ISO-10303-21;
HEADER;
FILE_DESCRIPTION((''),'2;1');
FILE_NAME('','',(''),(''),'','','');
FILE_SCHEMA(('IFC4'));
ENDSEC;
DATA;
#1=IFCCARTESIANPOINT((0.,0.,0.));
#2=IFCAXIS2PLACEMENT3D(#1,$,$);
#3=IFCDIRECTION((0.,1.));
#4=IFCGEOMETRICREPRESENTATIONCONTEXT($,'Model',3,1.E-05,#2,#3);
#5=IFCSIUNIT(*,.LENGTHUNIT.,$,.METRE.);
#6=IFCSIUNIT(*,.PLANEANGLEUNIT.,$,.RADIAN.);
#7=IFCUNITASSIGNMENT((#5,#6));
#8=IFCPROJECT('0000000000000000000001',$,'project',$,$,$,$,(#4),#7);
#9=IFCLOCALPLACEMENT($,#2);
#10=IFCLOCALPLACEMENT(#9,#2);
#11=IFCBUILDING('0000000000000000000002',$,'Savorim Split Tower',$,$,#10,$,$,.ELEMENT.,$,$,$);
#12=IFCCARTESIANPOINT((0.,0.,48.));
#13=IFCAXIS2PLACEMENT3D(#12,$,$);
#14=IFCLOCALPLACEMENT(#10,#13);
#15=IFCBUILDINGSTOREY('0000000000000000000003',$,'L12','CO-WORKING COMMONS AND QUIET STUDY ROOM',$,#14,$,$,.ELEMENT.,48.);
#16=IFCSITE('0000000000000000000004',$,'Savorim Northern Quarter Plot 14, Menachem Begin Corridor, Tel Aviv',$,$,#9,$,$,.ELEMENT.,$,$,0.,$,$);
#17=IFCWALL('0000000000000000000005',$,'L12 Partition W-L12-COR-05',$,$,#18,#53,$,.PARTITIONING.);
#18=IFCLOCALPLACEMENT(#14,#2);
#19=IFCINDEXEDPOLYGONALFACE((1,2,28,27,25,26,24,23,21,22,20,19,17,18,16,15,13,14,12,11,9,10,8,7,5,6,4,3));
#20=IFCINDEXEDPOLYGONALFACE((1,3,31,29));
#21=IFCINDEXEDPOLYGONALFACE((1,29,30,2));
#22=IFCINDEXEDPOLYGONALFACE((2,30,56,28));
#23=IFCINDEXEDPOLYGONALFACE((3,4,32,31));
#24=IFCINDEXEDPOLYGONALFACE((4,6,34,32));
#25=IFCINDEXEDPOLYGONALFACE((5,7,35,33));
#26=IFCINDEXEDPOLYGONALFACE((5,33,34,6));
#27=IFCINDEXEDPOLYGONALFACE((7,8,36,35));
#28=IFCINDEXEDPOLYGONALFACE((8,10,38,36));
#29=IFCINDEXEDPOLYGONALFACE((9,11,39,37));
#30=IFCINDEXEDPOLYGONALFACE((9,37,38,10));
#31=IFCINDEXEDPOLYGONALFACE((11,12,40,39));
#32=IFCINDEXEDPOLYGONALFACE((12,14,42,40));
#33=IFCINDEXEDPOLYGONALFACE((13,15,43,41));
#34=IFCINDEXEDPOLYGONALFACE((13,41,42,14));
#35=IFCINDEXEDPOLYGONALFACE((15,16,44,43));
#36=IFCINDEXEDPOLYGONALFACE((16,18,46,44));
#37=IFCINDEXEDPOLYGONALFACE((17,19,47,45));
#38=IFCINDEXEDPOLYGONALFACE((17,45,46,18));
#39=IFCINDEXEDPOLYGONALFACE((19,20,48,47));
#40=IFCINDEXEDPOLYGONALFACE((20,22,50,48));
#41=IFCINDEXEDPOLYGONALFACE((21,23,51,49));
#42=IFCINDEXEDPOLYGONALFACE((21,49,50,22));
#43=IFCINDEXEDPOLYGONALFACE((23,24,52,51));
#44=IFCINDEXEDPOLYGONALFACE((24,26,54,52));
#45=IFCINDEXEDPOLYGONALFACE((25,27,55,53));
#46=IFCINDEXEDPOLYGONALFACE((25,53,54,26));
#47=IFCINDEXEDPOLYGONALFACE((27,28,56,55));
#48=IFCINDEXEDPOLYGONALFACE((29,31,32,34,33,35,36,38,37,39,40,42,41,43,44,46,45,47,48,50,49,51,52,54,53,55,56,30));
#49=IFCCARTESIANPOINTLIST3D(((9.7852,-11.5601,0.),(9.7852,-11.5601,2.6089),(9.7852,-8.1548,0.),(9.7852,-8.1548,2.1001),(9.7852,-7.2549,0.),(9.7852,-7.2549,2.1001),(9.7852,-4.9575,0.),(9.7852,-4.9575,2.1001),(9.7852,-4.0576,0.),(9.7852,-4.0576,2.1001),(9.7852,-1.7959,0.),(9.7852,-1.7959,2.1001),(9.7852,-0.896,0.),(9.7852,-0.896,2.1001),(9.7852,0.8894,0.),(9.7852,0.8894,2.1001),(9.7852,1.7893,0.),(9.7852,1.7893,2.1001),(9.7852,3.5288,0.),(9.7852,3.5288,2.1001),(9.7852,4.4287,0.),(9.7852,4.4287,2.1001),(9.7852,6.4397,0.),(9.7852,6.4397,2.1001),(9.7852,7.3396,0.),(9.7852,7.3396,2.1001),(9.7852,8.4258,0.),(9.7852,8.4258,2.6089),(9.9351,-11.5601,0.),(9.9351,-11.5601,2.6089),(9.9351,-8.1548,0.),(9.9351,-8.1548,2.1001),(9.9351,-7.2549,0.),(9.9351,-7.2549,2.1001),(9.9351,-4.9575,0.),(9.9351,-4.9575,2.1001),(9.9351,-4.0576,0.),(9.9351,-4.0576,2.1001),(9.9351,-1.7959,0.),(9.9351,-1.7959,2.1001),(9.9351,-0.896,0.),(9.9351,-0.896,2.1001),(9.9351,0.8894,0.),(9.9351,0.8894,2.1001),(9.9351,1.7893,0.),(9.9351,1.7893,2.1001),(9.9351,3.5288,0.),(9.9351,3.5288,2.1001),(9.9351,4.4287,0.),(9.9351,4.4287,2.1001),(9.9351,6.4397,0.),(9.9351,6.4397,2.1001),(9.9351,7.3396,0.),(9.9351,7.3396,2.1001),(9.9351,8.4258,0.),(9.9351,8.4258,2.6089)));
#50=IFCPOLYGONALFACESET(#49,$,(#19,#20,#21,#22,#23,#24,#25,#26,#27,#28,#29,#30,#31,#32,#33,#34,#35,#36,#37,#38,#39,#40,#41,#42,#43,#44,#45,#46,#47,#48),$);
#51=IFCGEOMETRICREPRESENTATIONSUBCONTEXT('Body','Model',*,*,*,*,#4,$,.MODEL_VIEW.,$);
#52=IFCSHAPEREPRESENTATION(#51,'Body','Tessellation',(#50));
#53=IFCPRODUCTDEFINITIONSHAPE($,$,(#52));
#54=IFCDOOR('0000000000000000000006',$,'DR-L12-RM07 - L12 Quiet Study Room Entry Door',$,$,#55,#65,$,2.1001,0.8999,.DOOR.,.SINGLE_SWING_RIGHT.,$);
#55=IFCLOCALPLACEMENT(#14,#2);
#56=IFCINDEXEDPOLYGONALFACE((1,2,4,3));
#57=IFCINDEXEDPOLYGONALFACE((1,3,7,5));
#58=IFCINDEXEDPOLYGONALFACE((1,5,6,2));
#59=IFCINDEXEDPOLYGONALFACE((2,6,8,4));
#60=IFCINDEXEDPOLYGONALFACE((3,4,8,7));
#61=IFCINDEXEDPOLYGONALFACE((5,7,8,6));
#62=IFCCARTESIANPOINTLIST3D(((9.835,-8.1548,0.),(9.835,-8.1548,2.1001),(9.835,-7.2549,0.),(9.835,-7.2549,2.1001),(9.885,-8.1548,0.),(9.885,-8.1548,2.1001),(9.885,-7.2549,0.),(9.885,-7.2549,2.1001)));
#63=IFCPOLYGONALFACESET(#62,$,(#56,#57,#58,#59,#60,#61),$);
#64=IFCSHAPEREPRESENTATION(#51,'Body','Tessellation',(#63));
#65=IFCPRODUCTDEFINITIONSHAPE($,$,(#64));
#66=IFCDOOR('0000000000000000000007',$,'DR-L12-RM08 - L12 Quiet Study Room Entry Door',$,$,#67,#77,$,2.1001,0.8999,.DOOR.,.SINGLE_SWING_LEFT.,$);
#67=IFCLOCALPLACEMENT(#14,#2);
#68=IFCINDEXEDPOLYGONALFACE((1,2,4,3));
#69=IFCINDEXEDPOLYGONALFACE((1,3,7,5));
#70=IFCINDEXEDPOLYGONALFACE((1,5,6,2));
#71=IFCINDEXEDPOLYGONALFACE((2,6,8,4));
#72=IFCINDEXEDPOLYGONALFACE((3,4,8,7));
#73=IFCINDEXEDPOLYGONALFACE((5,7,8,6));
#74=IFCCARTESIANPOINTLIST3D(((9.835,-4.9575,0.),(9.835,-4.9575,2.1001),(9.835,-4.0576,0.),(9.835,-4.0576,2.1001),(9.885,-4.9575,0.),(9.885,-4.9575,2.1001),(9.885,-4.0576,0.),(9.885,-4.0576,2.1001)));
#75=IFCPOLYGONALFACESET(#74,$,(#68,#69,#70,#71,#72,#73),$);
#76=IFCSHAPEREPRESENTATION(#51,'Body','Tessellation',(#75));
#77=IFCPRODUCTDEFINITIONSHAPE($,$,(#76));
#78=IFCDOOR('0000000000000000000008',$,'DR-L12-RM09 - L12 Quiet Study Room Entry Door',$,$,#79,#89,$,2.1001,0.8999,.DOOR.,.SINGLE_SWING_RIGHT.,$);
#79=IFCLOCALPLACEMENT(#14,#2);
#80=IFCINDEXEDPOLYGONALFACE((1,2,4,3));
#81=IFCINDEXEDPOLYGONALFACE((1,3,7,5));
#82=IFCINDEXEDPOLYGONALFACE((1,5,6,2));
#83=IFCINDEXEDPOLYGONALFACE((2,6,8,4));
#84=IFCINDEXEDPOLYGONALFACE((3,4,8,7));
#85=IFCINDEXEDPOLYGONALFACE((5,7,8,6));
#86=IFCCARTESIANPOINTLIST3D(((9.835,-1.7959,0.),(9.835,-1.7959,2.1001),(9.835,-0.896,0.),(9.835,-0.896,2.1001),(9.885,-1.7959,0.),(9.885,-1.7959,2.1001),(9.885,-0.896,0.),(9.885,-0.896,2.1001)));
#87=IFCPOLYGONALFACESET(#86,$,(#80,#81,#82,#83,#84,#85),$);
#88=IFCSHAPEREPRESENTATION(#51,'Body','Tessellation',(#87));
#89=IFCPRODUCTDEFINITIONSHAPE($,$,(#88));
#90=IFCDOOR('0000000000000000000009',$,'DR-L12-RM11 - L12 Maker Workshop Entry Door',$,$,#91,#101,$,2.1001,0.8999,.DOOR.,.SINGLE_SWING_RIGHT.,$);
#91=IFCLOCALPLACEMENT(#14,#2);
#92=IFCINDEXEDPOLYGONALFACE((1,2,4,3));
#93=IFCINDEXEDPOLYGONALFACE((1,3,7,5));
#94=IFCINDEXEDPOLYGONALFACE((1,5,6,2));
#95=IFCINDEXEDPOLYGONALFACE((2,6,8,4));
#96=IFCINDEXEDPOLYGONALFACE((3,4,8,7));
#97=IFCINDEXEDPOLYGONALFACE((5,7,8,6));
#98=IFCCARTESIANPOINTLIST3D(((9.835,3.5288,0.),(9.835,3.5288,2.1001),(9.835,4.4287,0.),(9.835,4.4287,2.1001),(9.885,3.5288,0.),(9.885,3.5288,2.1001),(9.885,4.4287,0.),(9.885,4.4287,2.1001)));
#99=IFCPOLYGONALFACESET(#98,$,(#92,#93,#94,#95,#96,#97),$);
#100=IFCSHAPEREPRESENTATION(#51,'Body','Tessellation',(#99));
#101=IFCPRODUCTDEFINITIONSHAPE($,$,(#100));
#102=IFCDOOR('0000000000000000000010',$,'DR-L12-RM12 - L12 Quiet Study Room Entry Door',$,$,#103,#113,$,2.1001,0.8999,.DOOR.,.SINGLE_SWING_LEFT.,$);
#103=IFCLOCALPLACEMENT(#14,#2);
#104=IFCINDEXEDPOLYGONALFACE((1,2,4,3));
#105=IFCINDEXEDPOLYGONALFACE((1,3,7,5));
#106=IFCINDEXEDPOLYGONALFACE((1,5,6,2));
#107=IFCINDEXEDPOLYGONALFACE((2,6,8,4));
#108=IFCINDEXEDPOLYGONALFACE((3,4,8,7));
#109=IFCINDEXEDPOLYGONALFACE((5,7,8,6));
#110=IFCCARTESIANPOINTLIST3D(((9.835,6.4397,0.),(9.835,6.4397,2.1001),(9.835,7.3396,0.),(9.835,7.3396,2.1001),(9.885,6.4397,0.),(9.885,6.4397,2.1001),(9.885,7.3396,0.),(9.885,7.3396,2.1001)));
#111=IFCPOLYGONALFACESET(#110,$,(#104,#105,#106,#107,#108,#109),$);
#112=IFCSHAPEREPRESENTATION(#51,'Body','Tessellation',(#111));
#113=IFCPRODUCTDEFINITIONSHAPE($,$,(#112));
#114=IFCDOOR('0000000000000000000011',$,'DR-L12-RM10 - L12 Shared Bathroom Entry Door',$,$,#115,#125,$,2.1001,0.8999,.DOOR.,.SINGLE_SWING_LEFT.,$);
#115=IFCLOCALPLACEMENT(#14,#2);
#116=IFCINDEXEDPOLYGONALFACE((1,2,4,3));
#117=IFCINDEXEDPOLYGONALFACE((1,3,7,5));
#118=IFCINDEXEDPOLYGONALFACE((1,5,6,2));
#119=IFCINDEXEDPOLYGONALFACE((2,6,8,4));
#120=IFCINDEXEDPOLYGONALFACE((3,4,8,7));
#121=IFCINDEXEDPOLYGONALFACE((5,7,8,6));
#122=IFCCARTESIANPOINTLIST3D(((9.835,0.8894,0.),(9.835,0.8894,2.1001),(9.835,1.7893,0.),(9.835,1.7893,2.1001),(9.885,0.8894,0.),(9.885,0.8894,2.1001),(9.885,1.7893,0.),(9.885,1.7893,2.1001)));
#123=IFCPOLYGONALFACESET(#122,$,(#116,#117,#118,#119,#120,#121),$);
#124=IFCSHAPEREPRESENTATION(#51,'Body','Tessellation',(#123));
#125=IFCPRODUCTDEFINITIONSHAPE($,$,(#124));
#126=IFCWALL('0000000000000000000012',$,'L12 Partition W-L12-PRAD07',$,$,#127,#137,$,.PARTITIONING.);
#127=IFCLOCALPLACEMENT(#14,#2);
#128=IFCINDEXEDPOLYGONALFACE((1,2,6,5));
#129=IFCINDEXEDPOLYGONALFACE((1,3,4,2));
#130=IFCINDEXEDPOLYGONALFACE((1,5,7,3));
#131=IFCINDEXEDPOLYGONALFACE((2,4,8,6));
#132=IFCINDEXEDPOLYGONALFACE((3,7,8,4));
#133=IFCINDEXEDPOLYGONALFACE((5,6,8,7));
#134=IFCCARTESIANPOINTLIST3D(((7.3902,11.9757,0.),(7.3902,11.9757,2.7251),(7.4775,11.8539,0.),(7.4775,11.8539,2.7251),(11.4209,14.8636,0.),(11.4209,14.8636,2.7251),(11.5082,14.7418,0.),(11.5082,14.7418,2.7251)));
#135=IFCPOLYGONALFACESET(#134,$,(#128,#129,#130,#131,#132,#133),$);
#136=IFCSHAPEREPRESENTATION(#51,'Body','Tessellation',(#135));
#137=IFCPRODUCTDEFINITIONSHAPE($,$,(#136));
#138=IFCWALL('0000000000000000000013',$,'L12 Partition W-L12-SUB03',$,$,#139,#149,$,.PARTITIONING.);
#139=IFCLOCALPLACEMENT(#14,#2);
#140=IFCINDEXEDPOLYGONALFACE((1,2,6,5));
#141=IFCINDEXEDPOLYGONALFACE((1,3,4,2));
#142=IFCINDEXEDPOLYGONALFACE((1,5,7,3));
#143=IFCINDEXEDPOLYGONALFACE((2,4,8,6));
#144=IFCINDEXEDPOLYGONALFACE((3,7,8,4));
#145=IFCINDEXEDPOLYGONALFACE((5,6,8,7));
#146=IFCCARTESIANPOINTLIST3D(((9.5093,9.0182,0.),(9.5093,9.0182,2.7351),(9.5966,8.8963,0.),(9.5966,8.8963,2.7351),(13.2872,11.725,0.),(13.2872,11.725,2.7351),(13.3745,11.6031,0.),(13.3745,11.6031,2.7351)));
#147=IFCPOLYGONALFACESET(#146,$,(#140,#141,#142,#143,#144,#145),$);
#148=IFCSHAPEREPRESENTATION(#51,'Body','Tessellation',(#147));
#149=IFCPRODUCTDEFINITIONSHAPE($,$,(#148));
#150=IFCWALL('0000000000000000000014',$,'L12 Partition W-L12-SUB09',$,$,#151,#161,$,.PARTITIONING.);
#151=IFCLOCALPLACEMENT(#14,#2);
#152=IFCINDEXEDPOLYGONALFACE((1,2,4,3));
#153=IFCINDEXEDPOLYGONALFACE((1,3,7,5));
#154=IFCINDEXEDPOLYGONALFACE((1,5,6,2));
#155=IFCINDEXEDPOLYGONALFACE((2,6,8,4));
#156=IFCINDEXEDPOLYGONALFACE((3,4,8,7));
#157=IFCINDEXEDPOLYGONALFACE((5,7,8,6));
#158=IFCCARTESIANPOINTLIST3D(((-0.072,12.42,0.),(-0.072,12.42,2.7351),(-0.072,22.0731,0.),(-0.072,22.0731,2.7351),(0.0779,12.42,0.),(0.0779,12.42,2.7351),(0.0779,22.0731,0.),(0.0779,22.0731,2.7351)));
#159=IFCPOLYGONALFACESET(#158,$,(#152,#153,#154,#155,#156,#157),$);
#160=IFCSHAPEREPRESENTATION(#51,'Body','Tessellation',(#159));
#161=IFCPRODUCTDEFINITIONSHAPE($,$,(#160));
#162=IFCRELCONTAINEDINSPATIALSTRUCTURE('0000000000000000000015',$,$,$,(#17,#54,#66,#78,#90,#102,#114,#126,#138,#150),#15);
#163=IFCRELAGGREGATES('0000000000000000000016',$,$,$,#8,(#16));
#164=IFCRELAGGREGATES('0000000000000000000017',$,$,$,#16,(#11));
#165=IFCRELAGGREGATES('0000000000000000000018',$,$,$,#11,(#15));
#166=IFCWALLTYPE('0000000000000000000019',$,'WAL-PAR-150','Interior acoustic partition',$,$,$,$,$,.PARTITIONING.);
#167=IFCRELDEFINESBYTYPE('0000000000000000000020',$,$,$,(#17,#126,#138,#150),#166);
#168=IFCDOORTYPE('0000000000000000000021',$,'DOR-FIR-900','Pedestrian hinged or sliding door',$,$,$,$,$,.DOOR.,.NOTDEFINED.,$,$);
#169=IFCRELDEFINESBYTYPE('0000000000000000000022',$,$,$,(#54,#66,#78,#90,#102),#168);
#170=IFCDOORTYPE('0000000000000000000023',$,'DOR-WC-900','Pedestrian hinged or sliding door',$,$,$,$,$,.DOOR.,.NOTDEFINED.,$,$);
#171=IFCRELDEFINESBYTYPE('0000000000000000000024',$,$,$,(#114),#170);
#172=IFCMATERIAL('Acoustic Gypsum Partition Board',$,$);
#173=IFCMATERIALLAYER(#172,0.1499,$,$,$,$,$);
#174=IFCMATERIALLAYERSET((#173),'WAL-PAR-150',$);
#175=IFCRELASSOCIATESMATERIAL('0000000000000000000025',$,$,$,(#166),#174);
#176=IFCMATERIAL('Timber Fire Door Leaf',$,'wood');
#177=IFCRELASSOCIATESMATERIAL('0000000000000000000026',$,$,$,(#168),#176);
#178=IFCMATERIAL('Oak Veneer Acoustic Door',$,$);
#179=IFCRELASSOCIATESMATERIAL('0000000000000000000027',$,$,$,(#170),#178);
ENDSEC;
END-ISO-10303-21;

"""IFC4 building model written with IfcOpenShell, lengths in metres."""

from ifc_helpers import new_model, si_unit, direction, frame, frame_2d, origin, place, context, subcontext, project, spatial, rectangle, extrude, material, layer, layer_set, type_object, element, fill, save


model = new_model("IFC4")

# Units and contexts
model_context = context("Model", 3, precision=1e-05, world=origin(), true_north=direction((0.0, 1.0)))
body_context = subcontext(model_context, "Body", "Model", "MODEL_VIEW")
ifc_project = project(units=[si_unit("LENGTHUNIT", "METRE"), si_unit("PLANEANGLEUNIT", "RADIAN")], contexts=[model_context])

# Site, building, storey
site_placement = place(None, origin())
site = spatial("IfcSite", under=ifc_project, at=site_placement, Name="Savorim Northern Quarter Plot 14, Menachem Begin Corridor, Tel Aviv", CompositionType="ELEMENT", RefElevation=0.0)
building_placement = place(site_placement, origin())
building = spatial("IfcBuilding", under=site, at=building_placement, Name="Savorim Split Tower", CompositionType="ELEMENT")
storey_placement = place(building_placement, frame((0.0, 0.0, 48.0)))
storey = spatial("IfcBuildingStorey", under=building, at=storey_placement, Name="L12", Description="CO-WORKING COMMONS AND QUIET STUDY ROOM", CompositionType="ELEMENT", Elevation=48.0)

# Shared definitions
ifc_material_1 = material(Name="Timber Fire Door Leaf", Category="wood")

# Shared definitions
ifc_material_2 = material(Name="Acoustic Gypsum Partition Board")
ifc_layer_1 = layer(ifc_material_2, 0.1499)
ifc_layer_set_1 = layer_set([ifc_layer_1], Name="WAL-PAR-150")
wall_type_1 = type_object("IfcWallType", Name="WAL-PAR-150", Description="Interior acoustic partition", PredefinedType="PARTITIONING", material=ifc_layer_set_1)

# Wall, openings, doors
wall_1_placement = place(storey_placement, frame((9.8601, 8.4258, 0.0), z_axis=(0.0, 0.0, 1.0), x_axis=(0.0, -1.0, 0.0)))
wall_1 = element("IfcWall", 1, at=wall_1_placement, inside=storey, type_object=wall_type_1, Name="L12 Partition W-L12-COR-05", PredefinedType="PARTITIONING", context=body_context, shape_type="SweptSolid", body=[
    extrude(rectangle(XDim=19.9858, YDim=0.1499, at=frame_2d((9.9929, 0.0))), origin(), (0.0, 0.0, 1.0), 2.6089),
])
opening_1_placement = place(wall_1_placement, frame((15.6807, 0.0, 0.0)))
opening_1 = element("IfcOpeningElement", 2, at=opening_1_placement, cuts=wall_1, PredefinedType="OPENING", context=body_context, shape_type="SweptSolid", body=[
    extrude(rectangle(XDim=0.8999, YDim=2.1001, at=frame_2d((0.45, 1.05))), frame((0.0, 0.085, 0.0), z_axis=(0.0, -1.0, 0.0), x_axis=(1.0, 0.0, 0.0)), (0.0, 0.0, 1.0), 0.1699),
])
opening_2_placement = place(wall_1_placement, frame((12.4834, 0.0, 0.0)))
opening_2 = element("IfcOpeningElement", 3, at=opening_2_placement, cuts=wall_1, PredefinedType="OPENING", context=body_context, shape_type="SweptSolid", body=[
    extrude(rectangle(XDim=0.8999, YDim=2.1001, at=frame_2d((0.45, 1.05))), frame((0.0, 0.085, 0.0), z_axis=(0.0, -1.0, 0.0), x_axis=(1.0, 0.0, 0.0)), (0.0, 0.0, 1.0), 0.1699),
])
opening_3_placement = place(wall_1_placement, frame((9.3218, 0.0, 0.0)))
opening_3 = element("IfcOpeningElement", 4, at=opening_3_placement, cuts=wall_1, PredefinedType="OPENING", context=body_context, shape_type="SweptSolid", body=[
    extrude(rectangle(XDim=0.8999, YDim=2.1001, at=frame_2d((0.45, 1.05))), frame((0.0, 0.085, 0.0), z_axis=(0.0, -1.0, 0.0), x_axis=(1.0, 0.0, 0.0)), (0.0, 0.0, 1.0), 0.1699),
])
opening_4_placement = place(wall_1_placement, frame((6.6365, 0.0, 0.0)))
opening_4 = element("IfcOpeningElement", 5, at=opening_4_placement, cuts=wall_1, PredefinedType="OPENING", context=body_context, shape_type="SweptSolid", body=[
    extrude(rectangle(XDim=0.8999, YDim=2.1001, at=frame_2d((0.45, 1.05))), frame((0.0, 0.085, 0.0), z_axis=(0.0, -1.0, 0.0), x_axis=(1.0, 0.0, 0.0)), (0.0, 0.0, 1.0), 0.1699),
])
opening_5_placement = place(wall_1_placement, frame((3.9971, 0.0, 0.0)))
opening_5 = element("IfcOpeningElement", 6, at=opening_5_placement, cuts=wall_1, PredefinedType="OPENING", context=body_context, shape_type="SweptSolid", body=[
    extrude(rectangle(XDim=0.8999, YDim=2.1001, at=frame_2d((0.45, 1.05))), frame((0.0, 0.085, 0.0), z_axis=(0.0, -1.0, 0.0), x_axis=(1.0, 0.0, 0.0)), (0.0, 0.0, 1.0), 0.1699),
])
opening_6_placement = place(wall_1_placement, frame((1.0862, 0.0, 0.0)))
opening_6 = element("IfcOpeningElement", 7, at=opening_6_placement, cuts=wall_1, PredefinedType="OPENING", context=body_context, shape_type="SweptSolid", body=[
    extrude(rectangle(XDim=0.8999, YDim=2.1001, at=frame_2d((0.45, 1.05))), frame((0.0, 0.085, 0.0), z_axis=(0.0, -1.0, 0.0), x_axis=(1.0, 0.0, 0.0)), (0.0, 0.0, 1.0), 0.1699),
])
door_type_1 = type_object("IfcDoorType", Name="DOR-FIR-900", Description="Pedestrian hinged or sliding door", OperationType="NOTDEFINED", PredefinedType="DOOR", material=ifc_material_1)
door_1_placement = place(opening_1_placement, origin())
door_1 = element("IfcDoor", 8, at=door_1_placement, inside=storey, type_object=door_type_1, Name="DR-L12-RM07 - L12 Quiet Study Room Entry Door", OperationType="SINGLE_SWING_RIGHT", OverallHeight=2.1001, OverallWidth=0.8999, PredefinedType="DOOR", context=body_context, shape_type="SweptSolid", body=[
    extrude(rectangle(XDim=0.8999, YDim=2.1001, at=frame_2d((0.45, 1.05))), frame((0.0, 0.0249, 0.0), z_axis=(0.0, -1.0, 0.0), x_axis=(1.0, 0.0, 0.0)), (0.0, 0.0, 1.0), 0.05),
])
fill(opening_1, door_1)
door_2_placement = place(opening_2_placement, origin())
door_2 = element("IfcDoor", 9, at=door_2_placement, inside=storey, type_object=door_type_1, Name="DR-L12-RM08 - L12 Quiet Study Room Entry Door", OperationType="SINGLE_SWING_LEFT", OverallHeight=2.1001, OverallWidth=0.8999, PredefinedType="DOOR", context=body_context, shape_type="SweptSolid", body=[
    extrude(rectangle(XDim=0.8999, YDim=2.1001, at=frame_2d((0.45, 1.05))), frame((0.0, 0.0249, 0.0), z_axis=(0.0, -1.0, 0.0), x_axis=(1.0, 0.0, 0.0)), (0.0, 0.0, 1.0), 0.05),
])
fill(opening_2, door_2)
door_3_placement = place(opening_3_placement, origin())
door_3 = element("IfcDoor", 10, at=door_3_placement, inside=storey, type_object=door_type_1, Name="DR-L12-RM09 - L12 Quiet Study Room Entry Door", OperationType="SINGLE_SWING_RIGHT", OverallHeight=2.1001, OverallWidth=0.8999, PredefinedType="DOOR", context=body_context, shape_type="SweptSolid", body=[
    extrude(rectangle(XDim=0.8999, YDim=2.1001, at=frame_2d((0.45, 1.05))), frame((0.0, 0.0249, 0.0), z_axis=(0.0, -1.0, 0.0), x_axis=(1.0, 0.0, 0.0)), (0.0, 0.0, 1.0), 0.05),
])
fill(opening_3, door_3)
door_4_placement = place(opening_5_placement, origin())
door_4 = element("IfcDoor", 11, at=door_4_placement, inside=storey, type_object=door_type_1, Name="DR-L12-RM11 - L12 Maker Workshop Entry Door", OperationType="SINGLE_SWING_RIGHT", OverallHeight=2.1001, OverallWidth=0.8999, PredefinedType="DOOR", context=body_context, shape_type="SweptSolid", body=[
    extrude(rectangle(XDim=0.8999, YDim=2.1001, at=frame_2d((0.45, 1.05))), frame((0.0, 0.0249, 0.0), z_axis=(0.0, -1.0, 0.0), x_axis=(1.0, 0.0, 0.0)), (0.0, 0.0, 1.0), 0.05),
])
fill(opening_5, door_4)
door_5_placement = place(opening_6_placement, origin())
door_5 = element("IfcDoor", 12, at=door_5_placement, inside=storey, type_object=door_type_1, Name="DR-L12-RM12 - L12 Quiet Study Room Entry Door", OperationType="SINGLE_SWING_LEFT", OverallHeight=2.1001, OverallWidth=0.8999, PredefinedType="DOOR", context=body_context, shape_type="SweptSolid", body=[
    extrude(rectangle(XDim=0.8999, YDim=2.1001, at=frame_2d((0.45, 1.05))), frame((0.0, 0.0249, 0.0), z_axis=(0.0, -1.0, 0.0), x_axis=(1.0, 0.0, 0.0)), (0.0, 0.0, 1.0), 0.05),
])
fill(opening_6, door_5)
ifc_material_3 = material(Name="Oak Veneer Acoustic Door")
door_type_2 = type_object("IfcDoorType", Name="DOR-WC-900", Description="Pedestrian hinged or sliding door", OperationType="NOTDEFINED", PredefinedType="DOOR", material=ifc_material_3)
door_6_placement = place(opening_4_placement, origin())
door_6 = element("IfcDoor", 13, at=door_6_placement, inside=storey, type_object=door_type_2, Name="DR-L12-RM10 - L12 Shared Bathroom Entry Door", OperationType="SINGLE_SWING_LEFT", OverallHeight=2.1001, OverallWidth=0.8999, PredefinedType="DOOR", context=body_context, shape_type="SweptSolid", body=[
    extrude(rectangle(XDim=0.8999, YDim=2.1001, at=frame_2d((0.45, 1.05))), frame((0.0, 0.0249, 0.0), z_axis=(0.0, -1.0, 0.0), x_axis=(1.0, 0.0, 0.0)), (0.0, 0.0, 1.0), 0.05),
])
fill(opening_4, door_6)

# Walls
wall_2_placement = place(storey_placement, frame((7.4338, 11.9148, 0.0), z_axis=(0.0, 0.0, 1.0), x_axis=(0.812891, 0.582416, 0.0)))
element("IfcWall", 14, at=wall_2_placement, inside=storey, type_object=wall_type_1, Name="L12 Partition W-L12-PRAD07", PredefinedType="PARTITIONING", context=body_context, shape_type="SweptSolid", body=[
    extrude(rectangle(XDim=4.9585, YDim=0.1499, at=frame_2d((2.4792, 0.0))), origin(), (0.0, 0.0, 1.0), 2.7251),
])
wall_3_placement = place(storey_placement, frame((9.553, 8.9573, 0.0), z_axis=(0.0, 0.0, 1.0), x_axis=(0.812884, 0.582425, 0.0)))
element("IfcWall", 15, at=wall_3_placement, inside=storey, type_object=wall_type_1, Name="L12 Partition W-L12-SUB03", PredefinedType="PARTITIONING", context=body_context, shape_type="SweptSolid", body=[
    extrude(rectangle(XDim=4.6475, YDim=0.1499, at=frame_2d((2.3237, 0.0))), origin(), (0.0, 0.0, 1.0), 2.7351),
])
wall_4_placement = place(storey_placement, frame((0.0029, 12.4199, 0.0), z_axis=(0.0, 0.0, 1.0), x_axis=(0.0, 1.0, 0.0)))
element("IfcWall", 16, at=wall_4_placement, inside=storey, type_object=wall_type_1, Name="L12 Partition W-L12-SUB09", PredefinedType="PARTITIONING", context=body_context, shape_type="SweptSolid", body=[
    extrude(rectangle(XDim=9.6531, YDim=0.1499, at=frame_2d((4.8267, 0.0))), origin(), (0.0, 0.0, 1.0), 2.7351),
])

save(model, "model.ifc")
